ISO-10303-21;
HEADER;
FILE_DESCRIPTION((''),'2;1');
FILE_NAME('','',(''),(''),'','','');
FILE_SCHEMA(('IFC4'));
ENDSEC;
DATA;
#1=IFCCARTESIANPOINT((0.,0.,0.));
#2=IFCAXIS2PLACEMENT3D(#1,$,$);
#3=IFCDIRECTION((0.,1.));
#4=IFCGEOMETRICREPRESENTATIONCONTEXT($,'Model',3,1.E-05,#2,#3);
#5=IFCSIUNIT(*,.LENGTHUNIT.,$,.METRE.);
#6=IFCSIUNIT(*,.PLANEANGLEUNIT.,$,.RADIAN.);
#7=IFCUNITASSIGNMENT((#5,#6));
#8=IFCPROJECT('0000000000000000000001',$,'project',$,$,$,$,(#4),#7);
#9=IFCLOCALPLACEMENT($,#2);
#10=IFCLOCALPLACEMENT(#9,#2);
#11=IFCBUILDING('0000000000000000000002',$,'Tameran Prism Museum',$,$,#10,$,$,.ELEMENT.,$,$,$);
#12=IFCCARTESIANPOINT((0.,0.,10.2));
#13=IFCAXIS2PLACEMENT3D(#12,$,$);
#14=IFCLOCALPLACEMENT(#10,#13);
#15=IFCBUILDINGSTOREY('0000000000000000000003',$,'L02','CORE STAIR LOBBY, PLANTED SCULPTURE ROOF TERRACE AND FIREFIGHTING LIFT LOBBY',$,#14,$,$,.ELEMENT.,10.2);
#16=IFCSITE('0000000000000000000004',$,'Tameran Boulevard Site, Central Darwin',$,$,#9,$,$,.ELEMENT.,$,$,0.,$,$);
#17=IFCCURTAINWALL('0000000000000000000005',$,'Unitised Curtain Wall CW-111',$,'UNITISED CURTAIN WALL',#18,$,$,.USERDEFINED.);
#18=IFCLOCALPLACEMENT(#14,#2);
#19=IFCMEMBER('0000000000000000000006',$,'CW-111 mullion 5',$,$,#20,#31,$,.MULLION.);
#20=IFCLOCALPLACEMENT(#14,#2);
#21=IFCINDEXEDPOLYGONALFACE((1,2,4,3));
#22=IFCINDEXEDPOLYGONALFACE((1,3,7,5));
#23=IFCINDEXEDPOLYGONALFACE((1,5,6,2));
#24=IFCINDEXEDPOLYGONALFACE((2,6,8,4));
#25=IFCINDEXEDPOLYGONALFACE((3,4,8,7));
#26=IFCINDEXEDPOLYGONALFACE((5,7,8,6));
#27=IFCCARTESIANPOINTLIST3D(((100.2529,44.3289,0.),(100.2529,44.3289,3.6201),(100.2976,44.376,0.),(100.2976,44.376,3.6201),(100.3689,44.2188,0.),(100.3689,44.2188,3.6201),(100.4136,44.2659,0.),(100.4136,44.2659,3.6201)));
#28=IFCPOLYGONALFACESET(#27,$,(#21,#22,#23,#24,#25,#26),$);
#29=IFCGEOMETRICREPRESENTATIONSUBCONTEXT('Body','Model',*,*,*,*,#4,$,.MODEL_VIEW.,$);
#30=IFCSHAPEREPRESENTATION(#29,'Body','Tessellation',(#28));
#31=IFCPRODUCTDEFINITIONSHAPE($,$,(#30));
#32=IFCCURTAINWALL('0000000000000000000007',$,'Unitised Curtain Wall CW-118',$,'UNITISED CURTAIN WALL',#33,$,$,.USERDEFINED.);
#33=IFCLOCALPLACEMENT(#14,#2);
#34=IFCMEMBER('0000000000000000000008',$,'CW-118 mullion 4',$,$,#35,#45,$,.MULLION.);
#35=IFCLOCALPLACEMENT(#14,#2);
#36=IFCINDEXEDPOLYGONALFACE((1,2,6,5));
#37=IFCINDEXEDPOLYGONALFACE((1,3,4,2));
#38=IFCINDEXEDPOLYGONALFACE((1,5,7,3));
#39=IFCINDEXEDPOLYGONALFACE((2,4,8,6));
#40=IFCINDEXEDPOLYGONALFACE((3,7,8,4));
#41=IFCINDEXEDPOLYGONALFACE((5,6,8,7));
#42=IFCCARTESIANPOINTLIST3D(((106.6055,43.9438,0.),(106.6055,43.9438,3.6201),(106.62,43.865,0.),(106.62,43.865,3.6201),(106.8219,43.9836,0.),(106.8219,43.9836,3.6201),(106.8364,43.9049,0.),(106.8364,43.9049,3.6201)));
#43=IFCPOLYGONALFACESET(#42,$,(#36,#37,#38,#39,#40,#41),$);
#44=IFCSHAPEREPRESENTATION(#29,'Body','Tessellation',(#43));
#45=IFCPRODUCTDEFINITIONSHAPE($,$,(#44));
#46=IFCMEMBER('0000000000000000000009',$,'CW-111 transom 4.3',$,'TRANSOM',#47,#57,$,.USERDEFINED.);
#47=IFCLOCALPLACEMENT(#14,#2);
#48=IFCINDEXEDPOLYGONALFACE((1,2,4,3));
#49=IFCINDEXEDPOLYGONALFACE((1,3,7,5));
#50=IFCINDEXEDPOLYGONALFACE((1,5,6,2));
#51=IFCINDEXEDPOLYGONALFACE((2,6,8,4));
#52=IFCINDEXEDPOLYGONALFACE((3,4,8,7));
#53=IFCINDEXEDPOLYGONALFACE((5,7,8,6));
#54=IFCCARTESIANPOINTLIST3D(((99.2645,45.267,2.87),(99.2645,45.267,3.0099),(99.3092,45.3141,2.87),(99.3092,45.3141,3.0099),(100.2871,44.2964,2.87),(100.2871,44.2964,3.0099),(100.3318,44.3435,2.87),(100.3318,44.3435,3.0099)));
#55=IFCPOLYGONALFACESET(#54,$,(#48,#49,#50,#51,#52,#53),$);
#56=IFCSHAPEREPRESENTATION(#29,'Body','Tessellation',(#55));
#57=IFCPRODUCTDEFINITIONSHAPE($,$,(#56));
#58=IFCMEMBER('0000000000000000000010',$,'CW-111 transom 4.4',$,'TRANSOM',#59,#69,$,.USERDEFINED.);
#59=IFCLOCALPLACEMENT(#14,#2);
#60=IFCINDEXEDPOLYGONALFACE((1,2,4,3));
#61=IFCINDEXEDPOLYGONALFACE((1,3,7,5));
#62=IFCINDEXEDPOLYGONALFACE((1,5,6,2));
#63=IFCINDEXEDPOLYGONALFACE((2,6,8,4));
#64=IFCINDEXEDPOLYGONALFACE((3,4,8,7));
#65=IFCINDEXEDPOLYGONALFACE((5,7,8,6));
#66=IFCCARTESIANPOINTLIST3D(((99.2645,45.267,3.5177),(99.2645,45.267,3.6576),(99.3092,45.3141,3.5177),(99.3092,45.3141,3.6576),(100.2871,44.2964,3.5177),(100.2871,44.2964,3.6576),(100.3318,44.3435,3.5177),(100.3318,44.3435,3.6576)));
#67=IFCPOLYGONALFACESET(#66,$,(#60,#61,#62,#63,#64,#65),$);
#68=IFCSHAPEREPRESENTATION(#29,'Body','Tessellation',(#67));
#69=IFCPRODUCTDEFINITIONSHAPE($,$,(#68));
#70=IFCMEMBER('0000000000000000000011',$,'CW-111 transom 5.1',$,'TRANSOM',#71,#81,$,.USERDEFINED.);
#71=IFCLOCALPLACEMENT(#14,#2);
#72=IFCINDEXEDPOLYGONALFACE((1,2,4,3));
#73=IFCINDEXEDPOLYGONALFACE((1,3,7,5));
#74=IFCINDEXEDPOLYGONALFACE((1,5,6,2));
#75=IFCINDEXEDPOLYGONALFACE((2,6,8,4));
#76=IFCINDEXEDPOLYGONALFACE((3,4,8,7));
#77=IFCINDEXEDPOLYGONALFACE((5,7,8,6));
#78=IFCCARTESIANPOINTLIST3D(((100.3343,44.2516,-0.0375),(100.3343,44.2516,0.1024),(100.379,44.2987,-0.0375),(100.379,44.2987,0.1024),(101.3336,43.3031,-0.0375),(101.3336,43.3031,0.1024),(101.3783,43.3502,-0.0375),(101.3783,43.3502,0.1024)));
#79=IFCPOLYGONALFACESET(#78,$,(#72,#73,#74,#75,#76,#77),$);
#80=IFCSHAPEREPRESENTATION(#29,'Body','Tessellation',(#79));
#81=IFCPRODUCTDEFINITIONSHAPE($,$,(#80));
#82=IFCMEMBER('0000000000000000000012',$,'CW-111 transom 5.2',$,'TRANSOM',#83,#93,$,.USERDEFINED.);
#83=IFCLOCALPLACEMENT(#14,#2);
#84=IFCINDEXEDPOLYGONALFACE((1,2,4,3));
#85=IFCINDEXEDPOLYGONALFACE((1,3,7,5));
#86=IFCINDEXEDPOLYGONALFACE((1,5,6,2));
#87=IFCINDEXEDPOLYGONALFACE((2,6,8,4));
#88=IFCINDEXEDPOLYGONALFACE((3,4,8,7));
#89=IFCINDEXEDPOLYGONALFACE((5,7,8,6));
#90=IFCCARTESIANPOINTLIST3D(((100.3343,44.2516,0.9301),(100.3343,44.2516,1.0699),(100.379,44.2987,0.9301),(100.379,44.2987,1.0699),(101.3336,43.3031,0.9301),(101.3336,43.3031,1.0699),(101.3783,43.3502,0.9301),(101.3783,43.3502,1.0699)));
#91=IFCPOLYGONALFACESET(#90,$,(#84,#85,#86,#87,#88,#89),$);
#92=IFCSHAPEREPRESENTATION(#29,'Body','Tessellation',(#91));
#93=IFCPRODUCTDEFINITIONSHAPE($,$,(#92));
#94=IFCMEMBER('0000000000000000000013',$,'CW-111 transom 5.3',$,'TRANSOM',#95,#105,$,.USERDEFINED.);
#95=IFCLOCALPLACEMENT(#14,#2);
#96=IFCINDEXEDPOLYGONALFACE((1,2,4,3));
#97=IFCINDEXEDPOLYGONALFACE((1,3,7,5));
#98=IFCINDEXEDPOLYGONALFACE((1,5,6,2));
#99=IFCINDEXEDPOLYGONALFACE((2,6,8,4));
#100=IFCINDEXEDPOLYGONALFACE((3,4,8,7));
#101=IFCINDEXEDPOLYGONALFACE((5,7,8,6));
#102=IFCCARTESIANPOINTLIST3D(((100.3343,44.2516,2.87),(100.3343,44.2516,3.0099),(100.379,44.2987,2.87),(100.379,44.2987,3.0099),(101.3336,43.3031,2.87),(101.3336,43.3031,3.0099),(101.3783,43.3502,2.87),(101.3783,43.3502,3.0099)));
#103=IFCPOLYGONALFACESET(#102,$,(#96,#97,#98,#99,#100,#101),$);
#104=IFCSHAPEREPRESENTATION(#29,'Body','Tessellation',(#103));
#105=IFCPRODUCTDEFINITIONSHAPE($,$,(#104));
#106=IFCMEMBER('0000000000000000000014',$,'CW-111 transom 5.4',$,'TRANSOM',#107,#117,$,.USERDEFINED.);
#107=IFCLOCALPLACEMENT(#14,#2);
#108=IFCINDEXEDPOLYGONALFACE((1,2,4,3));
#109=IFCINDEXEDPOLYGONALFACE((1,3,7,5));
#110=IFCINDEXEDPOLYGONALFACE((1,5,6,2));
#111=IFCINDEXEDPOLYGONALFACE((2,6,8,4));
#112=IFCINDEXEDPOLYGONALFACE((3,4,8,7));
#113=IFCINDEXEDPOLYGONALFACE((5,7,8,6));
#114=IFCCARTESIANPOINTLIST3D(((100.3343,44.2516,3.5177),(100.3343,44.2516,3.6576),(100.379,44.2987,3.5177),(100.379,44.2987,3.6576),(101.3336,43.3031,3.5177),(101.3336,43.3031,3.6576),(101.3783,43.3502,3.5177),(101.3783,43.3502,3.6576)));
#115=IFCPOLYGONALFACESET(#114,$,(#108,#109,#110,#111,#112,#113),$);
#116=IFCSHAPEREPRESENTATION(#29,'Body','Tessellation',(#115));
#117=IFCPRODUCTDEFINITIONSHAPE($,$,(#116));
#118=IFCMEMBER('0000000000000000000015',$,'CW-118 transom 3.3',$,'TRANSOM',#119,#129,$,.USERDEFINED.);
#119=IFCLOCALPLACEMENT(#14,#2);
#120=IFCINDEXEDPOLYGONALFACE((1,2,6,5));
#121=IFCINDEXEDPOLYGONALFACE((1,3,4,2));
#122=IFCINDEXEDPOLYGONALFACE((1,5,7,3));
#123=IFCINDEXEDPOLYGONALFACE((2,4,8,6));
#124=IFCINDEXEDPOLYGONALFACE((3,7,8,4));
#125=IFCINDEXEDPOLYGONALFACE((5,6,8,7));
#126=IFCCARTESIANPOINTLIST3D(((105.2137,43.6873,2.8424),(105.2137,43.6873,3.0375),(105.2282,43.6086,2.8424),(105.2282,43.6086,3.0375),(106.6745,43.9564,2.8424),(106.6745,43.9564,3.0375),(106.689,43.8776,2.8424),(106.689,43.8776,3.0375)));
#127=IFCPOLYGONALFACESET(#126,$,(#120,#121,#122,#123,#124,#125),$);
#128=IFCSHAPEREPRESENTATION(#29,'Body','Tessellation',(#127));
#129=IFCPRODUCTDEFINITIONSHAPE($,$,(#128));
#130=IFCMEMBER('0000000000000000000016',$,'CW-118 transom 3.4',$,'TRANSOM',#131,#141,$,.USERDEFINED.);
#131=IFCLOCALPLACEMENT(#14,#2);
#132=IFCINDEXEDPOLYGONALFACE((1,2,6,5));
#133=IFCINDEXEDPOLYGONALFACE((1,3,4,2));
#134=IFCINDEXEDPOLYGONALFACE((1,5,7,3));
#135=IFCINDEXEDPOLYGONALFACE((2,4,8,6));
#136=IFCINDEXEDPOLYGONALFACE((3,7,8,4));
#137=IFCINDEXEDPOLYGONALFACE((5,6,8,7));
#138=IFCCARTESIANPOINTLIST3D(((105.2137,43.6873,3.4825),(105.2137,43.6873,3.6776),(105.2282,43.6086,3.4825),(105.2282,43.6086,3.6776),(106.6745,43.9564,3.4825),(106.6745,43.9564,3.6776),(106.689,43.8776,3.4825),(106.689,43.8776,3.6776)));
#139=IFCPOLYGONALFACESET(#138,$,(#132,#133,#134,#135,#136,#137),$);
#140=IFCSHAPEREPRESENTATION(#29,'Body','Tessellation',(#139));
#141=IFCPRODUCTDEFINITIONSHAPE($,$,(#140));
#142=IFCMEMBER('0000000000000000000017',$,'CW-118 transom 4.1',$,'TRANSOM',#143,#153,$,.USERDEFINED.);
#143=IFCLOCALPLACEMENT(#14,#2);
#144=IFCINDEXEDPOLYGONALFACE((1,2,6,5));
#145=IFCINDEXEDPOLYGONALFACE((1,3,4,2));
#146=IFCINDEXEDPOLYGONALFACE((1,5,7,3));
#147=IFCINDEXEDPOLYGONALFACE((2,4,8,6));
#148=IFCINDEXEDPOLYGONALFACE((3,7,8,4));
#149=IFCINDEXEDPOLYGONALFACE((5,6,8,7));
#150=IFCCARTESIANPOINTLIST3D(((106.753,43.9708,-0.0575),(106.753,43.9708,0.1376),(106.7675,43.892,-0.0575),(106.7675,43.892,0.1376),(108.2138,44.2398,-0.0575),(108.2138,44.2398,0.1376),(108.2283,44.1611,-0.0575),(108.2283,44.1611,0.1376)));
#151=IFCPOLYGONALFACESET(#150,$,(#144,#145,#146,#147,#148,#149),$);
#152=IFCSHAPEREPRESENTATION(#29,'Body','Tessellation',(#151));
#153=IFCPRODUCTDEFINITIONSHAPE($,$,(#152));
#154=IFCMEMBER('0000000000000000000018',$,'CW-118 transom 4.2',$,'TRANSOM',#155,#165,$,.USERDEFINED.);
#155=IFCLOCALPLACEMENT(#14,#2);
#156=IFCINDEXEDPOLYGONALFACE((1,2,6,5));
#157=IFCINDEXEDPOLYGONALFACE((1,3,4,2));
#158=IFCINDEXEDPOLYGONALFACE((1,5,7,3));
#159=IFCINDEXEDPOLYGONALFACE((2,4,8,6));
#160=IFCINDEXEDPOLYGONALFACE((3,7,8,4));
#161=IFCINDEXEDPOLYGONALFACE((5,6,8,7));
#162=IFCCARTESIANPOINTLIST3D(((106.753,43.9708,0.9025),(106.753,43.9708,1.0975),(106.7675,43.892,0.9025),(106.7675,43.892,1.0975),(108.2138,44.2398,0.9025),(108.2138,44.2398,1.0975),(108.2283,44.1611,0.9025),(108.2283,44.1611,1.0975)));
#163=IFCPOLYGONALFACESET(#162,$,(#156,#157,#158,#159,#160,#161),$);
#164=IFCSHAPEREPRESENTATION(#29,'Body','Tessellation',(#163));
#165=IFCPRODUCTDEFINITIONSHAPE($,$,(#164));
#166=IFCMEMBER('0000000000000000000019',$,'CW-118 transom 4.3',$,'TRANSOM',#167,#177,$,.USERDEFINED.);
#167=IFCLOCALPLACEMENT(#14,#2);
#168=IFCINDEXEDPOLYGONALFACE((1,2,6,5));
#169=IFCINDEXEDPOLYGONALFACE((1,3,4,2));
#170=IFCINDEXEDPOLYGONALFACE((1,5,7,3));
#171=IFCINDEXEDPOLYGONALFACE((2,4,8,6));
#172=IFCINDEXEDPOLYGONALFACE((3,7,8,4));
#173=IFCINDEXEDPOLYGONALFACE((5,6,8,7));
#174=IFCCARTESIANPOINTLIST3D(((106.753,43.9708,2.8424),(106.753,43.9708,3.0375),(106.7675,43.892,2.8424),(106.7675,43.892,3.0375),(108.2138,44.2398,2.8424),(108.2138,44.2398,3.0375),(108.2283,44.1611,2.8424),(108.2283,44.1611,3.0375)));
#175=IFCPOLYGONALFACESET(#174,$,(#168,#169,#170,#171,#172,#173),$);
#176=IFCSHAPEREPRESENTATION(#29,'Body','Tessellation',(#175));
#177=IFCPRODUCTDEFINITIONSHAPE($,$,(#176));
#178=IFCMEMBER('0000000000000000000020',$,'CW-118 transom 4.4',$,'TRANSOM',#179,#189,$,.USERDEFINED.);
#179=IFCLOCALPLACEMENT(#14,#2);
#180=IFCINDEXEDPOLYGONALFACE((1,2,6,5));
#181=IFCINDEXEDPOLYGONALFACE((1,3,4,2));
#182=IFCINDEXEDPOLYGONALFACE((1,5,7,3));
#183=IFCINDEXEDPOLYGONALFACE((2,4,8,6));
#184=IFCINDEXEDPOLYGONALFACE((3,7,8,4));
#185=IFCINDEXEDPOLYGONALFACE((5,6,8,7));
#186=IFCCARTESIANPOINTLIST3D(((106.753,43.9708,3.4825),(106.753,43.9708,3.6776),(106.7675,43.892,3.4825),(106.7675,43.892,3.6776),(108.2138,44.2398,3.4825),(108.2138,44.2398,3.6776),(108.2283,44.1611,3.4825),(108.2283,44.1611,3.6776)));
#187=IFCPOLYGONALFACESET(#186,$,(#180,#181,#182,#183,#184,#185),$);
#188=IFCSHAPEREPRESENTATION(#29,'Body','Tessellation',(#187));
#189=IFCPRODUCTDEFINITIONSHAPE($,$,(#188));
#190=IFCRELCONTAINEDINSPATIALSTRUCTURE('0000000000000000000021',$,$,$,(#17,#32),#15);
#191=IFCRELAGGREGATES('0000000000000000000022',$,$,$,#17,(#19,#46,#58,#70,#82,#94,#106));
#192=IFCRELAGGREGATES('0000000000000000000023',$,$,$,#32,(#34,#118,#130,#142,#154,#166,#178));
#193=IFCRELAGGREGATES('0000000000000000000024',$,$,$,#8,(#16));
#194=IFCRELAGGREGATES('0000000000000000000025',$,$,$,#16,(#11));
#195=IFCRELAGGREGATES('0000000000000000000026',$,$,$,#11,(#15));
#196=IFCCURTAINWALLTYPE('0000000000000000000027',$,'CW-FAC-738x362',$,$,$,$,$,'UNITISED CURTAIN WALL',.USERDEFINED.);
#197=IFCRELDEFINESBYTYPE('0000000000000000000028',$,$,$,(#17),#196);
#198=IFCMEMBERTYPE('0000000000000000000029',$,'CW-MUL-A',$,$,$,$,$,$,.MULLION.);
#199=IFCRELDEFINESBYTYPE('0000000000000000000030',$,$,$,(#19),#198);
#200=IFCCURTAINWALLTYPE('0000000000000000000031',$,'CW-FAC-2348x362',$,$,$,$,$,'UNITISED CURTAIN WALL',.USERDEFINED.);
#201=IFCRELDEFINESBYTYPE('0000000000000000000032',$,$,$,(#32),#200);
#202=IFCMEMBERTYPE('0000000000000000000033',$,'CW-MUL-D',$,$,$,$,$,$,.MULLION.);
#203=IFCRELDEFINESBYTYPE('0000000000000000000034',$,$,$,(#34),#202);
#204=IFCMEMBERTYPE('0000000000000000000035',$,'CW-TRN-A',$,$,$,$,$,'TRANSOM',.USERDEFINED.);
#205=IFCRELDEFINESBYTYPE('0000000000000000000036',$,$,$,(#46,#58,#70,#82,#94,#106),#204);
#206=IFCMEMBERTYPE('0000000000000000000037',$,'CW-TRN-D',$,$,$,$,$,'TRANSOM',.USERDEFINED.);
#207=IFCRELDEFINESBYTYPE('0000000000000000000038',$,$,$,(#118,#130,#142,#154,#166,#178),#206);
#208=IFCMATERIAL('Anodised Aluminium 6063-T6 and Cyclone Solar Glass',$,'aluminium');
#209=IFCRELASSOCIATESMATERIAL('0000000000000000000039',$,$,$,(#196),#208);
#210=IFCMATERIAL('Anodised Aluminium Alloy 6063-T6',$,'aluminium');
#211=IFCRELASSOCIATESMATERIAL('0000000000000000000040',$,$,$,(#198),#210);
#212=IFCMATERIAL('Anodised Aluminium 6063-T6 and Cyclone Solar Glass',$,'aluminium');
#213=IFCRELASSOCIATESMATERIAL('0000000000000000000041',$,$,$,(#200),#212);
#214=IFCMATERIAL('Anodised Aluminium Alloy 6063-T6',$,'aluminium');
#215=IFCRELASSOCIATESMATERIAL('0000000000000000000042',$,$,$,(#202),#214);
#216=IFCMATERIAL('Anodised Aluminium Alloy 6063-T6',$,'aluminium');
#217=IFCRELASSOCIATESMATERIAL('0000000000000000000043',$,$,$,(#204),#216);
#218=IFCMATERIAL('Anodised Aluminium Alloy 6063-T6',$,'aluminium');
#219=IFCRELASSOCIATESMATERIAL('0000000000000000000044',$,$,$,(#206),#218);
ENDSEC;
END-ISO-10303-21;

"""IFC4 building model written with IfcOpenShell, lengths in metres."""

from ifc_helpers import new_model, si_unit, direction, frame, origin, origin_2d, place, context, subcontext, project, spatial, rectangle, extrude, material, material_profile, profile_set, type_object, element, aggregate, save


model = new_model("IFC4")

# Units and contexts
model_context = context("Model", 3, precision=1e-05, world=origin(), true_north=direction((0.0, 1.0)))
body_context = subcontext(model_context, "Body", "Model", "MODEL_VIEW")
ifc_project = project(units=[si_unit("LENGTHUNIT", "METRE"), si_unit("PLANEANGLEUNIT", "RADIAN")], contexts=[model_context])

# Site, building, storey
site_placement = place(None, origin())
site = spatial("IfcSite", under=ifc_project, at=site_placement, Name="Tameran Boulevard Site, Central Darwin", CompositionType="ELEMENT", RefElevation=0.0)
building_placement = place(site_placement, origin())
building = spatial("IfcBuilding", under=site, at=building_placement, Name="Tameran Prism Museum", CompositionType="ELEMENT")
storey_placement = place(building_placement, frame((0.0, 0.0, 10.2)))
storey = spatial("IfcBuildingStorey", under=building, at=storey_placement, Name="L02", Description="CORE STAIR LOBBY, PLANTED SCULPTURE ROOF TERRACE AND FIREFIGHTING LIFT LOBBY", CompositionType="ELEMENT", Elevation=10.2)

# Curtain walls, members
ifc_material_1 = material(Name="Anodised Aluminium 6063-T6 and Cyclone Solar Glass", Category="aluminium")
curtain_wall_type_1 = type_object("IfcCurtainWallType", Name="CW-FAC-738x362", ElementType="UNITISED CURTAIN WALL", PredefinedType="USERDEFINED", material=ifc_material_1)
curtain_wall_1_placement = place(storey_placement, origin())
curtain_wall_1 = element("IfcCurtainWall", 1, at=curtain_wall_1_placement, inside=storey, type_object=curtain_wall_type_1, Name="Unitised Curtain Wall CW-111", ObjectType="UNITISED CURTAIN WALL", PredefinedType="USERDEFINED")
ifc_material_2 = material(Name="Anodised Aluminium Alloy 6063-T6", Category="aluminium")
ifc_material_profile_1 = material_profile(ifc_material_2, rectangle(XDim=0.0649, YDim=0.1599, at=origin_2d()))
ifc_profile_set_1 = profile_set([ifc_material_profile_1])
member_type_1 = type_object("IfcMemberType", Name="CW-MUL-A", PredefinedType="MULLION", material=ifc_profile_set_1)
member_1_placement = place(storey_placement, frame((100.3333, 44.2974, 0.0), z_axis=(0.0, 0.0, 1.0), x_axis=(0.688425, 0.725307, 0.0)))
member_1 = element("IfcMember", 2, at=member_1_placement, type_object=member_type_1, Name="CW-111 mullion 5", PredefinedType="MULLION", context=body_context, shape_type="SweptSolid", body=[
    extrude(rectangle(XDim=0.0649, YDim=0.1599, at=origin_2d()), origin(), (0.0, 0.0, 1.0), 3.6201),
])
ifc_material_3 = material(Name="Anodised Aluminium 6063-T6 and Cyclone Solar Glass", Category="aluminium")
curtain_wall_type_2 = type_object("IfcCurtainWallType", Name="CW-FAC-2348x362", ElementType="UNITISED CURTAIN WALL", PredefinedType="USERDEFINED", material=ifc_material_3)
curtain_wall_2_placement = place(storey_placement, origin())
curtain_wall_2 = element("IfcCurtainWall", 3, at=curtain_wall_2_placement, inside=storey, type_object=curtain_wall_type_2, Name="Unitised Curtain Wall CW-118", ObjectType="UNITISED CURTAIN WALL", PredefinedType="USERDEFINED")
ifc_material_4 = material(Name="Anodised Aluminium Alloy 6063-T6", Category="aluminium")
ifc_material_profile_2 = material_profile(ifc_material_4, rectangle(XDim=0.0801, YDim=0.22, at=origin_2d()))
ifc_profile_set_2 = profile_set([ifc_material_profile_2])
member_type_2 = type_object("IfcMemberType", Name="CW-MUL-D", PredefinedType="MULLION", material=ifc_profile_set_2)
member_2_placement = place(storey_placement, frame((106.7209, 43.9243, 0.0), z_axis=(0.0, 0.0, 1.0), x_axis=(-0.181063, 0.983472, 0.0)))
member_2 = element("IfcMember", 4, at=member_2_placement, type_object=member_type_2, Name="CW-118 mullion 4", PredefinedType="MULLION", context=body_context, shape_type="SweptSolid", body=[
    extrude(rectangle(XDim=0.0801, YDim=0.22, at=origin_2d()), origin(), (0.0, 0.0, 1.0), 3.6201),
])

# Members
ifc_material_5 = material(Name="Anodised Aluminium Alloy 6063-T6", Category="aluminium")
ifc_material_profile_3 = material_profile(ifc_material_5, rectangle(XDim=0.0649, YDim=0.1399, at=origin_2d()))
ifc_profile_set_3 = profile_set([ifc_material_profile_3])
member_type_3 = type_object("IfcMemberType", Name="CW-TRN-A", ElementType="TRANSOM", PredefinedType="USERDEFINED", material=ifc_profile_set_3)
member_3_placement = place(storey_placement, frame((99.2869, 45.2905, 2.9399), z_axis=(0.725306, -0.688426, 0.0), x_axis=(0.688426, 0.725306, 0.0)))
member_3 = element("IfcMember", 5, at=member_3_placement, type_object=member_type_3, Name="CW-111 transom 4.3", ObjectType="TRANSOM", PredefinedType="USERDEFINED", context=body_context, shape_type="SweptSolid", body=[
    extrude(rectangle(XDim=0.0649, YDim=0.1399, at=origin_2d()), origin(), (0.0, 0.0, 1.0), 1.4099),
])
member_4_placement = place(storey_placement, frame((99.2869, 45.2905, 3.5876), z_axis=(0.725306, -0.688426, 0.0), x_axis=(0.688426, 0.725306, 0.0)))
member_4 = element("IfcMember", 6, at=member_4_placement, type_object=member_type_3, Name="CW-111 transom 4.4", ObjectType="TRANSOM", PredefinedType="USERDEFINED", context=body_context, shape_type="SweptSolid", body=[
    extrude(rectangle(XDim=0.0649, YDim=0.1399, at=origin_2d()), origin(), (0.0, 0.0, 1.0), 1.4099),
])
member_5_placement = place(storey_placement, frame((100.3567, 44.2751, 0.0325), z_axis=(0.725296, -0.688437, 0.0), x_axis=(0.688437, 0.725296, 0.0)))
member_5 = element("IfcMember", 7, at=member_5_placement, type_object=member_type_3, Name="CW-111 transom 5.1", ObjectType="TRANSOM", PredefinedType="USERDEFINED", context=body_context, shape_type="SweptSolid", body=[
    extrude(rectangle(XDim=0.0649, YDim=0.1399, at=origin_2d()), origin(), (0.0, 0.0, 1.0), 1.3777),
])
member_6_placement = place(storey_placement, frame((100.3567, 44.2751, 1.0), z_axis=(0.725296, -0.688437, 0.0), x_axis=(0.688437, 0.725296, 0.0)))
member_6 = element("IfcMember", 8, at=member_6_placement, type_object=member_type_3, Name="CW-111 transom 5.2", ObjectType="TRANSOM", PredefinedType="USERDEFINED", context=body_context, shape_type="SweptSolid", body=[
    extrude(rectangle(XDim=0.0649, YDim=0.1399, at=origin_2d()), origin(), (0.0, 0.0, 1.0), 1.3777),
])
member_7_placement = place(storey_placement, frame((100.3567, 44.2751, 2.9399), z_axis=(0.725296, -0.688437, 0.0), x_axis=(0.688437, 0.725296, 0.0)))
member_7 = element("IfcMember", 9, at=member_7_placement, type_object=member_type_3, Name="CW-111 transom 5.3", ObjectType="TRANSOM", PredefinedType="USERDEFINED", context=body_context, shape_type="SweptSolid", body=[
    extrude(rectangle(XDim=0.0649, YDim=0.1399, at=origin_2d()), origin(), (0.0, 0.0, 1.0), 1.3777),
])
member_8_placement = place(storey_placement, frame((100.3567, 44.2751, 3.5876), z_axis=(0.725296, -0.688437, 0.0), x_axis=(0.688437, 0.725296, 0.0)))
member_8 = element("IfcMember", 10, at=member_8_placement, type_object=member_type_3, Name="CW-111 transom 5.4", ObjectType="TRANSOM", PredefinedType="USERDEFINED", context=body_context, shape_type="SweptSolid", body=[
    extrude(rectangle(XDim=0.0649, YDim=0.1399, at=origin_2d()), origin(), (0.0, 0.0, 1.0), 1.3777),
])
ifc_material_6 = material(Name="Anodised Aluminium Alloy 6063-T6", Category="aluminium")
ifc_material_profile_4 = material_profile(ifc_material_6, rectangle(XDim=0.0801, YDim=0.1951, at=origin_2d()))
ifc_profile_set_4 = profile_set([ifc_material_profile_4])
member_type_4 = type_object("IfcMemberType", Name="CW-TRN-D", ElementType="TRANSOM", PredefinedType="USERDEFINED", material=ifc_profile_set_4)
member_9_placement = place(storey_placement, frame((105.2209, 43.6479, 2.9399), z_axis=(0.983457, 0.181142, 0.0), x_axis=(-0.181142, 0.983457, 0.0)))
member_9 = element("IfcMember", 11, at=member_9_placement, type_object=member_type_4, Name="CW-118 transom 3.3", ObjectType="TRANSOM", PredefinedType="USERDEFINED", context=body_context, shape_type="SweptSolid", body=[
    extrude(rectangle(XDim=0.0801, YDim=0.1951, at=origin_2d()), origin(), (0.0, 0.0, 1.0), 1.4854),
])
member_10_placement = place(storey_placement, frame((105.2209, 43.6479, 3.5801), z_axis=(0.983457, 0.181142, 0.0), x_axis=(-0.181142, 0.983457, 0.0)))
member_10 = element("IfcMember", 12, at=member_10_placement, type_object=member_type_4, Name="CW-118 transom 3.4", ObjectType="TRANSOM", PredefinedType="USERDEFINED", context=body_context, shape_type="SweptSolid", body=[
    extrude(rectangle(XDim=0.0801, YDim=0.1951, at=origin_2d()), origin(), (0.0, 0.0, 1.0), 1.4854),
])
member_11_placement = place(storey_placement, frame((106.7603, 43.9314, 0.04), z_axis=(0.983457, 0.181142, 0.0), x_axis=(-0.181142, 0.983457, 0.0)))
member_11 = element("IfcMember", 13, at=member_11_placement, type_object=member_type_4, Name="CW-118 transom 4.1", ObjectType="TRANSOM", PredefinedType="USERDEFINED", context=body_context, shape_type="SweptSolid", body=[
    extrude(rectangle(XDim=0.0801, YDim=0.1951, at=origin_2d()), origin(), (0.0, 0.0, 1.0), 1.4854),
])
member_12_placement = place(storey_placement, frame((106.7603, 43.9314, 1.0), z_axis=(0.983457, 0.181142, 0.0), x_axis=(-0.181142, 0.983457, 0.0)))
member_12 = element("IfcMember", 14, at=member_12_placement, type_object=member_type_4, Name="CW-118 transom 4.2", ObjectType="TRANSOM", PredefinedType="USERDEFINED", context=body_context, shape_type="SweptSolid", body=[
    extrude(rectangle(XDim=0.0801, YDim=0.1951, at=origin_2d()), origin(), (0.0, 0.0, 1.0), 1.4854),
])
member_13_placement = place(storey_placement, frame((106.7603, 43.9314, 2.9399), z_axis=(0.983457, 0.181142, 0.0), x_axis=(-0.181142, 0.983457, 0.0)))
member_13 = element("IfcMember", 15, at=member_13_placement, type_object=member_type_4, Name="CW-118 transom 4.3", ObjectType="TRANSOM", PredefinedType="USERDEFINED", context=body_context, shape_type="SweptSolid", body=[
    extrude(rectangle(XDim=0.0801, YDim=0.1951, at=origin_2d()), origin(), (0.0, 0.0, 1.0), 1.4854),
])
member_14_placement = place(storey_placement, frame((106.7603, 43.9314, 3.5801), z_axis=(0.983457, 0.181142, 0.0), x_axis=(-0.181142, 0.983457, 0.0)))
member_14 = element("IfcMember", 16, at=member_14_placement, type_object=member_type_4, Name="CW-118 transom 4.4", ObjectType="TRANSOM", PredefinedType="USERDEFINED", context=body_context, shape_type="SweptSolid", body=[
    extrude(rectangle(XDim=0.0801, YDim=0.1951, at=origin_2d()), origin(), (0.0, 0.0, 1.0), 1.4854),
])

aggregate(curtain_wall_1, [member_1, member_3, member_4, member_5, member_6, member_7, member_8])
aggregate(curtain_wall_2, [member_2, member_9, member_10, member_11, member_12, member_13, member_14])

save(model, "model.ifc")
